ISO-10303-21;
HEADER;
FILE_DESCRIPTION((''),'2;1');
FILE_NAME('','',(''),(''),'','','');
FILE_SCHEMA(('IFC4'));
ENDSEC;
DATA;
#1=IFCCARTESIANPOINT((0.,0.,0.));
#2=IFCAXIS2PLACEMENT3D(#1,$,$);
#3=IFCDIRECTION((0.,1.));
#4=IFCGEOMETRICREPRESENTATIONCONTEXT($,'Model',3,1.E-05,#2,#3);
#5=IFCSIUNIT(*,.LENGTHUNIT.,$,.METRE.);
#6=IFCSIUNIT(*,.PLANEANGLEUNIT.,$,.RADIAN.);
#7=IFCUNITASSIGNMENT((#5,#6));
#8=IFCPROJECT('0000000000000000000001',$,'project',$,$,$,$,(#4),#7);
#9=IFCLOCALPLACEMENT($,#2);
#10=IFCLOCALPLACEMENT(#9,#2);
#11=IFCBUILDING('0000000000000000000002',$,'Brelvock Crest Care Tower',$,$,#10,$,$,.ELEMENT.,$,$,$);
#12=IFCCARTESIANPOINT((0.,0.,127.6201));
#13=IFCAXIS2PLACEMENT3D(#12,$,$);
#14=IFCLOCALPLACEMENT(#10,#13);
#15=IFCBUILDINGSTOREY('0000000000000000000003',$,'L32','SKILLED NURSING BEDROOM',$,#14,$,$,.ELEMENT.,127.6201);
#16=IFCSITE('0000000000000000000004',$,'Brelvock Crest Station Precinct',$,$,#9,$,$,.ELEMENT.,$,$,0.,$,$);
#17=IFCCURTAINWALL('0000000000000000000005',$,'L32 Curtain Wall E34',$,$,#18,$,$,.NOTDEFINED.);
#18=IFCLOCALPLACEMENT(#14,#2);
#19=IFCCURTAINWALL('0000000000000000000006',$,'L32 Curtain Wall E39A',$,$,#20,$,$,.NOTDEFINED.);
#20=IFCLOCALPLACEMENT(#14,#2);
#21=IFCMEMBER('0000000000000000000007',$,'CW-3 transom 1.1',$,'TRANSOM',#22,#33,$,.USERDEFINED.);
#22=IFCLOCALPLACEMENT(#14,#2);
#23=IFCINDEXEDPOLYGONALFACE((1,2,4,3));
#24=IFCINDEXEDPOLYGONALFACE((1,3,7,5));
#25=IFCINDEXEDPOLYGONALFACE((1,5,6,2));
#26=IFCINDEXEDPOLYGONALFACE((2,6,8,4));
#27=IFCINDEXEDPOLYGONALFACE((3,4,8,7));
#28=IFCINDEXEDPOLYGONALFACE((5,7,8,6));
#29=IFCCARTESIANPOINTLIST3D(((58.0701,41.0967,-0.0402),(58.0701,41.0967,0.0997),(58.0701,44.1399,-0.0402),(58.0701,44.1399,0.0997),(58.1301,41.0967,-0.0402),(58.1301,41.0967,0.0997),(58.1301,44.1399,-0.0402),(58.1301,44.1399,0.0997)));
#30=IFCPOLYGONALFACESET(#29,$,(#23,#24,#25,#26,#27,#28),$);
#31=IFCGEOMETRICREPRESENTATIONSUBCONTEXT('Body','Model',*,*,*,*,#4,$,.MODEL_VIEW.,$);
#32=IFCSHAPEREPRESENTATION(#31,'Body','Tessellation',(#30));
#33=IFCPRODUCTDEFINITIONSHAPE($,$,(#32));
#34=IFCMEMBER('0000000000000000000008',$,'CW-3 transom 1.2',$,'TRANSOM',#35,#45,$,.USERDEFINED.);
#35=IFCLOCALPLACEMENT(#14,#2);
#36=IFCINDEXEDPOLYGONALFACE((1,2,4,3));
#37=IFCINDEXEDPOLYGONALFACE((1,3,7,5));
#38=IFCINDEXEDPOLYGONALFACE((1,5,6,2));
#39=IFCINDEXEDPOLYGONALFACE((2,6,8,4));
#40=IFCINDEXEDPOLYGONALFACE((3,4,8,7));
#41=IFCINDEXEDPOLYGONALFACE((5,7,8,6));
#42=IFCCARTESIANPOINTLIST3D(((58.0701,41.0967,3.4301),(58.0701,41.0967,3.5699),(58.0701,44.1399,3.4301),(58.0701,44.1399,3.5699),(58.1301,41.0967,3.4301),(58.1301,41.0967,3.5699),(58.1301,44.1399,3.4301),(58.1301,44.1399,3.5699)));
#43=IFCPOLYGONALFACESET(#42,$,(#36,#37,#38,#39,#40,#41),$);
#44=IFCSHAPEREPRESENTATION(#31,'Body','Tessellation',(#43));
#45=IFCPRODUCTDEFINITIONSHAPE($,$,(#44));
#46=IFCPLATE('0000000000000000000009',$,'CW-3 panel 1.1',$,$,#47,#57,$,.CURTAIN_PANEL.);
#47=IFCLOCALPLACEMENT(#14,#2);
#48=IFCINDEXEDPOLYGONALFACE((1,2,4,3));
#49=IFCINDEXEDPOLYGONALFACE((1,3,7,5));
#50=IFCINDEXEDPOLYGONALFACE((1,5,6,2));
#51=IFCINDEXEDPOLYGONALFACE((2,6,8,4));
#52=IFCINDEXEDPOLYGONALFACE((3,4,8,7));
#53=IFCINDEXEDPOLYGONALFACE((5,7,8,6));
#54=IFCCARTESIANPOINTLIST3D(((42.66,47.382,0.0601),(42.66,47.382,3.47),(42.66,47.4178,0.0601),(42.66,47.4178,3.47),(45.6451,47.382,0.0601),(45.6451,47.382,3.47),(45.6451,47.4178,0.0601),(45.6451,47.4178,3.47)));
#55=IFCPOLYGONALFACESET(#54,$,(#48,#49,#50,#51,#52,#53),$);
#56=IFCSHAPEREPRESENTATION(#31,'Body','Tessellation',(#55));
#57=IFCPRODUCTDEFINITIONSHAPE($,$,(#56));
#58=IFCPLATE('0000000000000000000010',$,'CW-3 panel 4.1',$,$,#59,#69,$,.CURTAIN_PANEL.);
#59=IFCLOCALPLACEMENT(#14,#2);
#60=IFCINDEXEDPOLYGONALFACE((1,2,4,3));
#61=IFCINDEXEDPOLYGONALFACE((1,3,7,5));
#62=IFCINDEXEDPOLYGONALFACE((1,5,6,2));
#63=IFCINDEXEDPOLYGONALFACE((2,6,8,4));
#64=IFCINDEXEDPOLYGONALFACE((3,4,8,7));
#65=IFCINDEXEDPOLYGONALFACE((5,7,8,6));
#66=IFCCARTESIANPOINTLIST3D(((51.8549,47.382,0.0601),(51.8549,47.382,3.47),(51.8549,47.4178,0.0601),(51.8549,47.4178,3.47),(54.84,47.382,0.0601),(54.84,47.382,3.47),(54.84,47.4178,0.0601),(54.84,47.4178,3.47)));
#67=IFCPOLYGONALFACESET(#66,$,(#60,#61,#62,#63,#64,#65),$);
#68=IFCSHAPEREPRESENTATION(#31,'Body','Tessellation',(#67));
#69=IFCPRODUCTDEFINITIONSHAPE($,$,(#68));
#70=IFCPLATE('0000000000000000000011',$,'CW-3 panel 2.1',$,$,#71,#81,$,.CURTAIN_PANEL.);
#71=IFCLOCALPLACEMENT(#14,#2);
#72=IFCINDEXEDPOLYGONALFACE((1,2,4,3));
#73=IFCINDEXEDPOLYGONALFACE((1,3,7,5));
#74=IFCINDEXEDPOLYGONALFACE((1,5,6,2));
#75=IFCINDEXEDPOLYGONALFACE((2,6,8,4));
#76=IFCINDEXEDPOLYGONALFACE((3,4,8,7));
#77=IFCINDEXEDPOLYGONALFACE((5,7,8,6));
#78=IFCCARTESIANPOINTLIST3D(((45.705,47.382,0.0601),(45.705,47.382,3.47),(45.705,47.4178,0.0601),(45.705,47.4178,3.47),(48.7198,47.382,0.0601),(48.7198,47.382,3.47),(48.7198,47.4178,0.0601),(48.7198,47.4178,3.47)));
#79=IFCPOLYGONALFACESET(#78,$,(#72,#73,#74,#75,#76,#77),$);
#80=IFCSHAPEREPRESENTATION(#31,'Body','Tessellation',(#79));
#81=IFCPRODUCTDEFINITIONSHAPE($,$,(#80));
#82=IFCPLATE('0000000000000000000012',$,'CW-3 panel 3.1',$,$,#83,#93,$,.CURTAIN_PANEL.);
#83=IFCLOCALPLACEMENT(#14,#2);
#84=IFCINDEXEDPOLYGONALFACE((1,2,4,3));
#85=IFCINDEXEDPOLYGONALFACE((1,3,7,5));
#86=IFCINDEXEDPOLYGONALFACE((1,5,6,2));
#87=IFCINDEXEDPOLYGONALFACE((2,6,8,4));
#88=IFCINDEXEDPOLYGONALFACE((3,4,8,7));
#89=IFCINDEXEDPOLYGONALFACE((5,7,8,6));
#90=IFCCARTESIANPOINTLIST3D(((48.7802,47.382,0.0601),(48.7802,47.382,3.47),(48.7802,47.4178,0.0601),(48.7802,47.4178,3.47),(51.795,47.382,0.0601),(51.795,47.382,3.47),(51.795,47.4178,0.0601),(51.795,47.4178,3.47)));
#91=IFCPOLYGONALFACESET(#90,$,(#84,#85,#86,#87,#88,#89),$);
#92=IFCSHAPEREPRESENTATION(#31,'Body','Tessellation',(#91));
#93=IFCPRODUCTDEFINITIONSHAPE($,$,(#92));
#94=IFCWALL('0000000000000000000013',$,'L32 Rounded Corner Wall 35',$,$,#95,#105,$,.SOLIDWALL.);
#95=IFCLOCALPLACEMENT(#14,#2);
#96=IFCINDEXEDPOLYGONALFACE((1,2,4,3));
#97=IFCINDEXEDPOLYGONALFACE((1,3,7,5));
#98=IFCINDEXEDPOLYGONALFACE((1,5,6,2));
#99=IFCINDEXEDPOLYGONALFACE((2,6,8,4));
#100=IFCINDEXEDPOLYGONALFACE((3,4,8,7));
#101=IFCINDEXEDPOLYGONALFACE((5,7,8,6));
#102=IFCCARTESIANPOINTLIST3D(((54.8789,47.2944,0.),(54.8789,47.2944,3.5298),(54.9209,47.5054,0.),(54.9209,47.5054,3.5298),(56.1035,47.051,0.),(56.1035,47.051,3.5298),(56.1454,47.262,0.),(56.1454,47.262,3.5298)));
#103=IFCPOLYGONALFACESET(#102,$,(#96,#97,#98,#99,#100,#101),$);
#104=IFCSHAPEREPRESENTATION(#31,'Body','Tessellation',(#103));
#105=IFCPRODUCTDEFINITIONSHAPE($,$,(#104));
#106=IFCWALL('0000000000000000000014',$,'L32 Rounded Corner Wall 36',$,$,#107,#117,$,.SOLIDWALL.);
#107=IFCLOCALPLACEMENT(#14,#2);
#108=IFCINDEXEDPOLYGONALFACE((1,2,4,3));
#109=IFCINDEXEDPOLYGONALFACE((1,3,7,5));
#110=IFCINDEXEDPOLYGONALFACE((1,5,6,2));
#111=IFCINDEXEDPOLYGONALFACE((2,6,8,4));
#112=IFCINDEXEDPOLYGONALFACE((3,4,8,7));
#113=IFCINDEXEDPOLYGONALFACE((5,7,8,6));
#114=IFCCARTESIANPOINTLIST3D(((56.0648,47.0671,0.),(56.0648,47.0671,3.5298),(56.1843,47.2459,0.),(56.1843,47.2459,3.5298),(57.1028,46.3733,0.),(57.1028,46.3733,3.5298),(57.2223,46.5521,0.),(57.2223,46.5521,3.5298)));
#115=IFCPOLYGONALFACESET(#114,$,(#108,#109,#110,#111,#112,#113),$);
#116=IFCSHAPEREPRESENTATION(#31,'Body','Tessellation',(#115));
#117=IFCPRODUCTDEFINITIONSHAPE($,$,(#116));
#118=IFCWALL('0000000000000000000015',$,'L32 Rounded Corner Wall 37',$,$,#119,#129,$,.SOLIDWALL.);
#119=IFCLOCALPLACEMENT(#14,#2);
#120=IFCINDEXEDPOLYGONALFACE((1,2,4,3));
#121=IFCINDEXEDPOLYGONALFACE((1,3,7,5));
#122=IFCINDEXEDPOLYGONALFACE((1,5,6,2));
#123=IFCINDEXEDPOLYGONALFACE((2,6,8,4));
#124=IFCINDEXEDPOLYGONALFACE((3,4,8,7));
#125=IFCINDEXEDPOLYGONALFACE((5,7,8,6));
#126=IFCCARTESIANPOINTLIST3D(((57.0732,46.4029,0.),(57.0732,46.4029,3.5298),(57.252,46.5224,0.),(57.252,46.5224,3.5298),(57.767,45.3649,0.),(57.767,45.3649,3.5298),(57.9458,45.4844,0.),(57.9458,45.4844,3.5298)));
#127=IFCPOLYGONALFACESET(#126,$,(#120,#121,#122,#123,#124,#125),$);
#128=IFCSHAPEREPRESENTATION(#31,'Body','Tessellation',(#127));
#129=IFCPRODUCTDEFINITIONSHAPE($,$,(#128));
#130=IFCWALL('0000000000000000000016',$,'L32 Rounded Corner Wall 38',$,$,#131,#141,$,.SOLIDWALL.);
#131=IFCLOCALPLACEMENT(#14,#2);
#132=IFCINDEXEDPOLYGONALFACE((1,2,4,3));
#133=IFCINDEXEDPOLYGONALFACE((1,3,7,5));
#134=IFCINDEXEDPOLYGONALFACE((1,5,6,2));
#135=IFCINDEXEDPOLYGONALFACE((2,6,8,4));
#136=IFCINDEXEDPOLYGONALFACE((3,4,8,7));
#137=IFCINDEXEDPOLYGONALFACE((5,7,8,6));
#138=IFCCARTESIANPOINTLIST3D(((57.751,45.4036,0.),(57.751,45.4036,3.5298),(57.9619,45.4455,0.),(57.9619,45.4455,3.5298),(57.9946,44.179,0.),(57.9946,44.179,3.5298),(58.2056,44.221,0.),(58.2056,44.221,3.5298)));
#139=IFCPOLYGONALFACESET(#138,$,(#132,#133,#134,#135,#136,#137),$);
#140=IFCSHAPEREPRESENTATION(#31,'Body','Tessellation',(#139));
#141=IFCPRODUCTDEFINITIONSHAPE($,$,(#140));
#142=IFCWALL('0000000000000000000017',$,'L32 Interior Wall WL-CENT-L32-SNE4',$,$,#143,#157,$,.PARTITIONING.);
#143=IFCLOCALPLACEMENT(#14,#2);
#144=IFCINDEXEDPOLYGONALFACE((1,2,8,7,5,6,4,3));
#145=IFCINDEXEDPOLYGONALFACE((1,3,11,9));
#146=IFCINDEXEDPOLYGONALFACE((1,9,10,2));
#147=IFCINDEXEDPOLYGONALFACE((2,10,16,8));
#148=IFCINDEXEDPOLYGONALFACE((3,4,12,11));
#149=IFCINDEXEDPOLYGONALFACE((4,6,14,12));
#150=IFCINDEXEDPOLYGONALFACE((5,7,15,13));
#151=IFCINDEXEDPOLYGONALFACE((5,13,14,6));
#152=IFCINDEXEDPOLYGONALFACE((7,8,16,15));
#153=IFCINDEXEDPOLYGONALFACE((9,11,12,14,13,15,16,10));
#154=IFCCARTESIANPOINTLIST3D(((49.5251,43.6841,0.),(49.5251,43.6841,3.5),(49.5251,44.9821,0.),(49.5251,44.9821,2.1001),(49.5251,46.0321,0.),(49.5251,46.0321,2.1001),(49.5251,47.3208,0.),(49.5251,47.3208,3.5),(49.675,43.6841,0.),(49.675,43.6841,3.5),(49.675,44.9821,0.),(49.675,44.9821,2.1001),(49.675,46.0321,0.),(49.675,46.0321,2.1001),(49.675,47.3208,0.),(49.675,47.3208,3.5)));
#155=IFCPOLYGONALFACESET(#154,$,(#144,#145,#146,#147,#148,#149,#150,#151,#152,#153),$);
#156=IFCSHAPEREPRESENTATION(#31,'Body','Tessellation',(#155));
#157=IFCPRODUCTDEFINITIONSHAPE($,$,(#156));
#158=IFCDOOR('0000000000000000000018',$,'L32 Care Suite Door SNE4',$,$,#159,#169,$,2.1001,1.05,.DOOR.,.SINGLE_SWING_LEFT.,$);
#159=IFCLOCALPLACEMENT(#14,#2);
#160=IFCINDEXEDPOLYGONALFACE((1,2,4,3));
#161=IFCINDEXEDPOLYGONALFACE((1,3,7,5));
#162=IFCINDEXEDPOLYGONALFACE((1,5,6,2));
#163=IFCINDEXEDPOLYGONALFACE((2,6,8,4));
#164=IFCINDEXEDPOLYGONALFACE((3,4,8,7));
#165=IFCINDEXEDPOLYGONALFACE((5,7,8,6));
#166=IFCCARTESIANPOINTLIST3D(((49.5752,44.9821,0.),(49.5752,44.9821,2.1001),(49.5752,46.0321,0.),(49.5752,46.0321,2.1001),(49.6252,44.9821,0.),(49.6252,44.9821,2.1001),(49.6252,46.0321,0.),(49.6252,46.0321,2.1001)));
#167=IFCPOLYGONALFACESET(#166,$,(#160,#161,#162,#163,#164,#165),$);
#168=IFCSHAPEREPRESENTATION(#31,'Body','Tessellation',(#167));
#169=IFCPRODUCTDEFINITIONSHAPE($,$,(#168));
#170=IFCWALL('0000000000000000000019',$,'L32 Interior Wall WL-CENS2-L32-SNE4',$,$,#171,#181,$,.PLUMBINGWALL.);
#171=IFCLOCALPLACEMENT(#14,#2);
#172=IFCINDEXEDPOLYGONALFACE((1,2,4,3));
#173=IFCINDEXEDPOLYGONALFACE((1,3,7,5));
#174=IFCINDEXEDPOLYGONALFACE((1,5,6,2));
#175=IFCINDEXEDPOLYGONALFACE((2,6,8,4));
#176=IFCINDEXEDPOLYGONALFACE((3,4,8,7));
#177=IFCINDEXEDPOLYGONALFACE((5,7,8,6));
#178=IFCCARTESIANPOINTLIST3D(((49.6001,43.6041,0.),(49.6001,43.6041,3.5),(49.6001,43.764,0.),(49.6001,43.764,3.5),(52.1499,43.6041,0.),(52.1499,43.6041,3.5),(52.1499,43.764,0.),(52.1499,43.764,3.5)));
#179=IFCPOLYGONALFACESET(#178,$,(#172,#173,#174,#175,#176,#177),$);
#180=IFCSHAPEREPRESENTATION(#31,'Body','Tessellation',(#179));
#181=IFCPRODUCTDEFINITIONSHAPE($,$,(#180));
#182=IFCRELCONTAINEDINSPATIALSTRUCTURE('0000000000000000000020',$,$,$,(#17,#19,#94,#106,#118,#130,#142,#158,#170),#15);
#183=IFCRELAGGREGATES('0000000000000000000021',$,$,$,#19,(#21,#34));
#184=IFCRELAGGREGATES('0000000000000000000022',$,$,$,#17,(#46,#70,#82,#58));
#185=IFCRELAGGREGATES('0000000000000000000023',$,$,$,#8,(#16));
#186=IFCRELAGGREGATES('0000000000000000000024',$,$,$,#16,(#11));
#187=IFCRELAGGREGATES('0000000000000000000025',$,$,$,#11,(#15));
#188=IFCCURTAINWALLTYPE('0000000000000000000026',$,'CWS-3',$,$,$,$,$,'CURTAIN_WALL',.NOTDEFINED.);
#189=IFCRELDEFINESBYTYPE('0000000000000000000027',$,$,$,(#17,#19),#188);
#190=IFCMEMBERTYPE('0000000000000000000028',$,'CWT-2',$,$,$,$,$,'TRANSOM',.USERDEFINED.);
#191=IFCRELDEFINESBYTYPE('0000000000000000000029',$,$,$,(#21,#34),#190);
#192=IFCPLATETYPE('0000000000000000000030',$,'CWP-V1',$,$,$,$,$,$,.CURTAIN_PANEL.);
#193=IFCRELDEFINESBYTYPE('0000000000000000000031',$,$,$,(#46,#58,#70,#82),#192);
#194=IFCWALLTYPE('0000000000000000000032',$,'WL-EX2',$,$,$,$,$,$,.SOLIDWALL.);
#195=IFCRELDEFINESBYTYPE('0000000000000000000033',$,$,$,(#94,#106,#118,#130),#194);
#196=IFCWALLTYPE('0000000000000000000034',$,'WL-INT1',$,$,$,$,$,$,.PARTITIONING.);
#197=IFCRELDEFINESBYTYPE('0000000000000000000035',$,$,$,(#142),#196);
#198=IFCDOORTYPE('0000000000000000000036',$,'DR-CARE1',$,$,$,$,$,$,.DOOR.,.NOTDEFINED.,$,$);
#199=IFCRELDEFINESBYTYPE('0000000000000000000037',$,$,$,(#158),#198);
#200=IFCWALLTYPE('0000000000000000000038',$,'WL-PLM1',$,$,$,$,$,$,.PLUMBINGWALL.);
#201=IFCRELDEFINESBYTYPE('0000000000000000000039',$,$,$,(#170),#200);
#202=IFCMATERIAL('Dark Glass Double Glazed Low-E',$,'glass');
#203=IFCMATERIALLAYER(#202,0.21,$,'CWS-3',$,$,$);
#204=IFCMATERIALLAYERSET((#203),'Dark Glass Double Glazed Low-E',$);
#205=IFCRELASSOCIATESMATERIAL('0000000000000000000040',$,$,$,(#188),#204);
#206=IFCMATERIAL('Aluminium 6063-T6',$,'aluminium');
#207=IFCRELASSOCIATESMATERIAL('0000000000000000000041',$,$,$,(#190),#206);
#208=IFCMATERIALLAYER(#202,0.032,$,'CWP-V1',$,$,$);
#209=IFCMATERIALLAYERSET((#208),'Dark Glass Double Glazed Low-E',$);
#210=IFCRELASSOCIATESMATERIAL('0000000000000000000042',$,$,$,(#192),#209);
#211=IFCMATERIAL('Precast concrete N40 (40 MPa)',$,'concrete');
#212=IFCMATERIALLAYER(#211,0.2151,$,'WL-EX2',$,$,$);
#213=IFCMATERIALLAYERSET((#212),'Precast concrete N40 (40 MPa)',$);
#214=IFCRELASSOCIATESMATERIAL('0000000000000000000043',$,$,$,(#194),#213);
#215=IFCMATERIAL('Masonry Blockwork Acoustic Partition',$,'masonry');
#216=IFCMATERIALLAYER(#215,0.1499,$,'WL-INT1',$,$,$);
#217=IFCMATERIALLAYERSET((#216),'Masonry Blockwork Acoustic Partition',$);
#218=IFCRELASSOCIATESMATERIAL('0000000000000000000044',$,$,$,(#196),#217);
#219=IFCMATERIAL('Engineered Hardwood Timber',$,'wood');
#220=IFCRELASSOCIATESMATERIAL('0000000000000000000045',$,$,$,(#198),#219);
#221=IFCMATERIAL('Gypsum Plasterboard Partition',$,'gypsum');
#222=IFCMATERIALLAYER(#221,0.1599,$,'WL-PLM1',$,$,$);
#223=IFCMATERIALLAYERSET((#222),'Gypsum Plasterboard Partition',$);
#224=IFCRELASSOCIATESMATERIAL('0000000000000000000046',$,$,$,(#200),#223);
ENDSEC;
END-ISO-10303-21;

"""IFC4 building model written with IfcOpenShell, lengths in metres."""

from ifc_helpers import new_model, si_unit, direction, frame, frame_2d, origin, origin_2d, place, context, subcontext, project, spatial, rectangle, extrude, source, transform, mapped, material, layer, layer_set, material_profile, profile_set, type_object, element, fill, aggregate, save


model = new_model("IFC4")

# Units and contexts
model_context = context("Model", 3, precision=1e-05, world=origin(), true_north=direction((0.0, 1.0)))
body_context = subcontext(model_context, "Body", "Model", "MODEL_VIEW")
ifc_project = project(units=[si_unit("LENGTHUNIT", "METRE"), si_unit("PLANEANGLEUNIT", "RADIAN")], contexts=[model_context])

# Site, building, storey
site_placement = place(None, origin())
site = spatial("IfcSite", under=ifc_project, at=site_placement, Name="Brelvock Crest Station Precinct", CompositionType="ELEMENT", RefElevation=0.0)
building_placement = place(site_placement, origin())
building = spatial("IfcBuilding", under=site, at=building_placement, Name="Brelvock Crest Care Tower", CompositionType="ELEMENT")
storey_placement = place(building_placement, frame((0.0, 0.0, 127.6201)))
storey = spatial("IfcBuildingStorey", under=building, at=storey_placement, Name="L32", Description="SKILLED NURSING BEDROOM", CompositionType="ELEMENT", Elevation=127.6201)

# Curtain walls, members
ifc_material_1 = material(Name="Dark Glass Double Glazed Low-E", Category="glass")
ifc_layer_1 = layer(ifc_material_1, 0.21, Name="CWS-3")
ifc_layer_set_1 = layer_set([ifc_layer_1], Name="Dark Glass Double Glazed Low-E")
curtain_wall_type = type_object("IfcCurtainWallType", Name="CWS-3", ElementType="CURTAIN_WALL", PredefinedType="NOTDEFINED", material=ifc_layer_set_1)
curtain_wall_1_placement = place(storey_placement, origin())
curtain_wall_1 = element("IfcCurtainWall", 1, at=curtain_wall_1_placement, inside=storey, type_object=curtain_wall_type, Name="L32 Curtain Wall E34", PredefinedType="NOTDEFINED")
ifc_material_2 = material(Name="Aluminium 6063-T6", Category="aluminium")
ifc_material_profile_1 = material_profile(ifc_material_2, rectangle(XDim=0.0601, YDim=0.1399, at=origin_2d()), Name="ALU60x140")
ifc_profile_set_1 = profile_set([ifc_material_profile_1], Name="Aluminium 6063-T6")
member_type_1 = type_object("IfcMemberType", Name="CWT-2", ElementType="TRANSOM", PredefinedType="USERDEFINED", material=ifc_profile_set_1)
curtain_wall_2_placement = place(storey_placement, origin())
curtain_wall_2 = element("IfcCurtainWall", 2, at=curtain_wall_2_placement, inside=storey, type_object=curtain_wall_type, Name="L32 Curtain Wall E39A", PredefinedType="NOTDEFINED")
shared_shape_1 = source(origin(), body_context, "Body", "SweptSolid", [
    extrude(rectangle(XDim=0.0601, YDim=0.1399, at=origin_2d()), origin(), (0.0, 0.0, 1.0), 3.0432),
])
member_1_placement = place(storey_placement, frame((58.1001, 44.1399, 0.0298), z_axis=(0.0, -1.0, 0.0), x_axis=(1.0, 0.0, 0.0)))
member_1 = element("IfcMember", 3, at=member_1_placement, type_object=member_type_1, Name="CW-3 transom 1.1", ObjectType="TRANSOM", PredefinedType="USERDEFINED", context=body_context, shape_type="MappedRepresentation", body=[
    mapped(shared_shape_1, transform((0.0, 0.0, 0.0), x_axis=(1.0, 0.0, 0.0), y_axis=(0.0, 1.0, 0.0), z_axis=(0.0, 0.0, 1.0), scale=1.0)),
])
member_2_placement = place(storey_placement, frame((58.1001, 44.1399, 3.5), z_axis=(0.0, -1.0, 0.0), x_axis=(1.0, 0.0, 0.0)))
member_2 = element("IfcMember", 4, at=member_2_placement, type_object=member_type_1, Name="CW-3 transom 1.2", ObjectType="TRANSOM", PredefinedType="USERDEFINED", context=body_context, shape_type="MappedRepresentation", body=[
    mapped(shared_shape_1, transform((0.0, 0.0, 0.0), x_axis=(1.0, 0.0, 0.0), y_axis=(0.0, 1.0, 0.0), z_axis=(0.0, 0.0, 1.0), scale=1.0)),
])
aggregate(curtain_wall_2, [member_1, member_2])

# Plates
ifc_layer_2 = layer(ifc_material_1, 0.032, Name="CWP-V1")
ifc_layer_set_2 = layer_set([ifc_layer_2], Name="Dark Glass Double Glazed Low-E")
plate_type = type_object("IfcPlateType", Name="CWP-V1", PredefinedType="CURTAIN_PANEL", material=ifc_layer_set_2)
shared_shape_2 = source(origin(), body_context, "Body", "SweptSolid", [
    extrude(rectangle(XDim=2.9851, YDim=0.0359, at=origin_2d()), origin(), (0.0, 0.0, 1.0), 3.4099),
])
plate_1_placement = place(storey_placement, frame((44.1526, 47.3999, 0.0601), z_axis=(0.0, 0.0, 1.0), x_axis=(1.0, 0.0, 0.0)))
plate_1 = element("IfcPlate", 5, at=plate_1_placement, type_object=plate_type, Name="CW-3 panel 1.1", PredefinedType="CURTAIN_PANEL", context=body_context, shape_type="MappedRepresentation", body=[
    mapped(shared_shape_2, transform((0.0, 0.0, 0.0), x_axis=(1.0, 0.0, 0.0), y_axis=(0.0, 1.0, 0.0), z_axis=(0.0, 0.0, 1.0), scale=1.0)),
])
plate_2_placement = place(storey_placement, frame((53.3474, 47.3999, 0.0601), z_axis=(0.0, 0.0, 1.0), x_axis=(1.0, 0.0, 0.0)))
plate_2 = element("IfcPlate", 6, at=plate_2_placement, type_object=plate_type, Name="CW-3 panel 4.1", PredefinedType="CURTAIN_PANEL", context=body_context, shape_type="MappedRepresentation", body=[
    mapped(shared_shape_2, transform((0.0, 0.0, 0.0), x_axis=(1.0, 0.0, 0.0), y_axis=(0.0, 1.0, 0.0), z_axis=(0.0, 0.0, 1.0), scale=1.0)),
])
shared_shape_3 = source(origin(), body_context, "Body", "SweptSolid", [
    extrude(rectangle(XDim=3.0149, YDim=0.0359, at=origin_2d()), origin(), (0.0, 0.0, 1.0), 3.4099),
])
plate_3_placement = place(storey_placement, frame((47.2124, 47.3999, 0.0601), z_axis=(0.0, 0.0, 1.0), x_axis=(1.0, 0.0, 0.0)))
plate_3 = element("IfcPlate", 7, at=plate_3_placement, type_object=plate_type, Name="CW-3 panel 2.1", PredefinedType="CURTAIN_PANEL", context=body_context, shape_type="MappedRepresentation", body=[
    mapped(shared_shape_3, transform((0.0, 0.0, 0.0), x_axis=(1.0, 0.0, 0.0), y_axis=(0.0, 1.0, 0.0), z_axis=(0.0, 0.0, 1.0), scale=1.0)),
])
plate_4_placement = place(storey_placement, frame((50.2876, 47.3999, 0.0601), z_axis=(0.0, 0.0, 1.0), x_axis=(1.0, 0.0, 0.0)))
plate_4 = element("IfcPlate", 8, at=plate_4_placement, type_object=plate_type, Name="CW-3 panel 3.1", PredefinedType="CURTAIN_PANEL", context=body_context, shape_type="MappedRepresentation", body=[
    mapped(shared_shape_3, transform((0.0, 0.0, 0.0), x_axis=(1.0, 0.0, 0.0), y_axis=(0.0, 1.0, 0.0), z_axis=(0.0, 0.0, 1.0), scale=1.0)),
])
aggregate(curtain_wall_1, [plate_1, plate_3, plate_4, plate_2])

# Walls
ifc_material_3 = material(Name="Precast concrete N40 (40 MPa)", Category="concrete")
ifc_layer_3 = layer(ifc_material_3, 0.2151, Name="WL-EX2")
ifc_layer_set_3 = layer_set([ifc_layer_3], Name="Precast concrete N40 (40 MPa)")
wall_type_1 = type_object("IfcWallType", Name="WL-EX2", PredefinedType="SOLIDWALL", material=ifc_layer_set_3)
for number, where, z_axis, x_axis, name in (
    (9, (54.8999, 47.3999, 0.0), (0.0, 0.0, 1.0), (0.980813, -0.19495, 0.0), "L32 Rounded Corner Wall 35"),
    (10, (56.1245, 47.1565, 0.0), (0.0, 0.0, 1.0), (0.831388, -0.555692, 0.0), "L32 Rounded Corner Wall 36"),
    (11, (57.1626, 46.4626, 0.0), (0.0, 0.0, 1.0), (0.555692, -0.831388, 0.0), "L32 Rounded Corner Wall 37"),
    (12, (57.8564, 45.4246, 0.0), (0.0, 0.0, 1.0), (0.195138, -0.980776, 0.0), "L32 Rounded Corner Wall 38"),
):
    element("IfcWall", number, at=place(storey_placement, frame(where, z_axis=z_axis, x_axis=x_axis)), inside=storey, type_object=wall_type_1, Name=name, PredefinedType="SOLIDWALL", context=body_context, shape_type="SweptSolid", body=[
        extrude(rectangle(XDim=1.2485, YDim=0.2151, at=frame_2d((0.6243, 0.0))), origin(), (0.0, 0.0, 1.0), 3.5298),
    ])

# Wall, opening, door
ifc_material_4 = material(Name="Masonry Blockwork Acoustic Partition", Category="masonry")
ifc_layer_4 = layer(ifc_material_4, 0.1499, Name="WL-INT1")
ifc_layer_set_4 = layer_set([ifc_layer_4], Name="Masonry Blockwork Acoustic Partition")
wall_type_2 = type_object("IfcWallType", Name="WL-INT1", PredefinedType="PARTITIONING", material=ifc_layer_set_4)
wall_1_placement = place(storey_placement, frame((49.6001, 43.6841, 0.0), z_axis=(0.0, 0.0, 1.0), x_axis=(0.0, 1.0, 0.0)))
wall_1 = element("IfcWall", 13, at=wall_1_placement, inside=storey, type_object=wall_type_2, Name="L32 Interior Wall WL-CENT-L32-SNE4", PredefinedType="PARTITIONING", context=body_context, shape_type="SweptSolid", body=[
    extrude(rectangle(XDim=3.6367, YDim=0.1499, at=frame_2d((1.8184, 0.0))), origin(), (0.0, 0.0, 1.0), 3.5),
])
opening_placement = place(wall_1_placement, frame((1.2981, 0.0, 0.0)))
opening = element("IfcOpeningElement", 14, at=opening_placement, cuts=wall_1, PredefinedType="OPENING", context=body_context, shape_type="SweptSolid", body=[
    extrude(rectangle(XDim=1.05, YDim=2.1001, at=origin_2d()), frame((0.5249, 0.085, 1.05), z_axis=(0.0, -1.0, 0.0), x_axis=(1.0, 0.0, 0.0)), (0.0, 0.0, 1.0), 0.1699),
])
ifc_material_5 = material(Name="Engineered Hardwood Timber", Category="wood")
door_type = type_object("IfcDoorType", Name="DR-CARE1", OperationType="NOTDEFINED", PredefinedType="DOOR", material=ifc_material_5)
shared_shape_4 = source(origin(), body_context, "Body", "SweptSolid", [
    extrude(rectangle(XDim=1.05, YDim=2.1001, at=origin_2d()), frame((0.5249, 0.0249, 1.05), z_axis=(0.0, -1.0, 0.0), x_axis=(1.0, 0.0, 0.0)), (0.0, 0.0, 1.0), 0.05),
])
door_placement = place(opening_placement, origin())
door = element("IfcDoor", 15, at=door_placement, inside=storey, type_object=door_type, Name="L32 Care Suite Door SNE4", OperationType="SINGLE_SWING_LEFT", OverallHeight=2.1001, OverallWidth=1.05, PredefinedType="DOOR", context=body_context, shape_type="MappedRepresentation", body=[
    mapped(shared_shape_4, transform((0.0, 0.0, 0.0), x_axis=(1.0, 0.0, 0.0), y_axis=(0.0, 1.0, 0.0), z_axis=(0.0, 0.0, 1.0), scale=1.0)),
])
fill(opening, door)

# Wall
ifc_material_6 = material(Name="Gypsum Plasterboard Partition", Category="gypsum")
ifc_layer_5 = layer(ifc_material_6, 0.1599, Name="WL-PLM1")
ifc_layer_set_5 = layer_set([ifc_layer_5], Name="Gypsum Plasterboard Partition")
wall_type_3 = type_object("IfcWallType", Name="WL-PLM1", PredefinedType="PLUMBINGWALL", material=ifc_layer_set_5)
wall_2_placement = place(storey_placement, frame((49.6001, 43.6841, 0.0), z_axis=(0.0, 0.0, 1.0), x_axis=(1.0, 0.0, 0.0)))
element("IfcWall", 16, at=wall_2_placement, inside=storey, type_object=wall_type_3, Name="L32 Interior Wall WL-CENS2-L32-SNE4", PredefinedType="PLUMBINGWALL", context=body_context, shape_type="SweptSolid", body=[
    extrude(rectangle(XDim=2.5498, YDim=0.1599, at=frame_2d((1.2749, 0.0))), origin(), (0.0, 0.0, 1.0), 3.5),
])

save(model, "model.ifc")
